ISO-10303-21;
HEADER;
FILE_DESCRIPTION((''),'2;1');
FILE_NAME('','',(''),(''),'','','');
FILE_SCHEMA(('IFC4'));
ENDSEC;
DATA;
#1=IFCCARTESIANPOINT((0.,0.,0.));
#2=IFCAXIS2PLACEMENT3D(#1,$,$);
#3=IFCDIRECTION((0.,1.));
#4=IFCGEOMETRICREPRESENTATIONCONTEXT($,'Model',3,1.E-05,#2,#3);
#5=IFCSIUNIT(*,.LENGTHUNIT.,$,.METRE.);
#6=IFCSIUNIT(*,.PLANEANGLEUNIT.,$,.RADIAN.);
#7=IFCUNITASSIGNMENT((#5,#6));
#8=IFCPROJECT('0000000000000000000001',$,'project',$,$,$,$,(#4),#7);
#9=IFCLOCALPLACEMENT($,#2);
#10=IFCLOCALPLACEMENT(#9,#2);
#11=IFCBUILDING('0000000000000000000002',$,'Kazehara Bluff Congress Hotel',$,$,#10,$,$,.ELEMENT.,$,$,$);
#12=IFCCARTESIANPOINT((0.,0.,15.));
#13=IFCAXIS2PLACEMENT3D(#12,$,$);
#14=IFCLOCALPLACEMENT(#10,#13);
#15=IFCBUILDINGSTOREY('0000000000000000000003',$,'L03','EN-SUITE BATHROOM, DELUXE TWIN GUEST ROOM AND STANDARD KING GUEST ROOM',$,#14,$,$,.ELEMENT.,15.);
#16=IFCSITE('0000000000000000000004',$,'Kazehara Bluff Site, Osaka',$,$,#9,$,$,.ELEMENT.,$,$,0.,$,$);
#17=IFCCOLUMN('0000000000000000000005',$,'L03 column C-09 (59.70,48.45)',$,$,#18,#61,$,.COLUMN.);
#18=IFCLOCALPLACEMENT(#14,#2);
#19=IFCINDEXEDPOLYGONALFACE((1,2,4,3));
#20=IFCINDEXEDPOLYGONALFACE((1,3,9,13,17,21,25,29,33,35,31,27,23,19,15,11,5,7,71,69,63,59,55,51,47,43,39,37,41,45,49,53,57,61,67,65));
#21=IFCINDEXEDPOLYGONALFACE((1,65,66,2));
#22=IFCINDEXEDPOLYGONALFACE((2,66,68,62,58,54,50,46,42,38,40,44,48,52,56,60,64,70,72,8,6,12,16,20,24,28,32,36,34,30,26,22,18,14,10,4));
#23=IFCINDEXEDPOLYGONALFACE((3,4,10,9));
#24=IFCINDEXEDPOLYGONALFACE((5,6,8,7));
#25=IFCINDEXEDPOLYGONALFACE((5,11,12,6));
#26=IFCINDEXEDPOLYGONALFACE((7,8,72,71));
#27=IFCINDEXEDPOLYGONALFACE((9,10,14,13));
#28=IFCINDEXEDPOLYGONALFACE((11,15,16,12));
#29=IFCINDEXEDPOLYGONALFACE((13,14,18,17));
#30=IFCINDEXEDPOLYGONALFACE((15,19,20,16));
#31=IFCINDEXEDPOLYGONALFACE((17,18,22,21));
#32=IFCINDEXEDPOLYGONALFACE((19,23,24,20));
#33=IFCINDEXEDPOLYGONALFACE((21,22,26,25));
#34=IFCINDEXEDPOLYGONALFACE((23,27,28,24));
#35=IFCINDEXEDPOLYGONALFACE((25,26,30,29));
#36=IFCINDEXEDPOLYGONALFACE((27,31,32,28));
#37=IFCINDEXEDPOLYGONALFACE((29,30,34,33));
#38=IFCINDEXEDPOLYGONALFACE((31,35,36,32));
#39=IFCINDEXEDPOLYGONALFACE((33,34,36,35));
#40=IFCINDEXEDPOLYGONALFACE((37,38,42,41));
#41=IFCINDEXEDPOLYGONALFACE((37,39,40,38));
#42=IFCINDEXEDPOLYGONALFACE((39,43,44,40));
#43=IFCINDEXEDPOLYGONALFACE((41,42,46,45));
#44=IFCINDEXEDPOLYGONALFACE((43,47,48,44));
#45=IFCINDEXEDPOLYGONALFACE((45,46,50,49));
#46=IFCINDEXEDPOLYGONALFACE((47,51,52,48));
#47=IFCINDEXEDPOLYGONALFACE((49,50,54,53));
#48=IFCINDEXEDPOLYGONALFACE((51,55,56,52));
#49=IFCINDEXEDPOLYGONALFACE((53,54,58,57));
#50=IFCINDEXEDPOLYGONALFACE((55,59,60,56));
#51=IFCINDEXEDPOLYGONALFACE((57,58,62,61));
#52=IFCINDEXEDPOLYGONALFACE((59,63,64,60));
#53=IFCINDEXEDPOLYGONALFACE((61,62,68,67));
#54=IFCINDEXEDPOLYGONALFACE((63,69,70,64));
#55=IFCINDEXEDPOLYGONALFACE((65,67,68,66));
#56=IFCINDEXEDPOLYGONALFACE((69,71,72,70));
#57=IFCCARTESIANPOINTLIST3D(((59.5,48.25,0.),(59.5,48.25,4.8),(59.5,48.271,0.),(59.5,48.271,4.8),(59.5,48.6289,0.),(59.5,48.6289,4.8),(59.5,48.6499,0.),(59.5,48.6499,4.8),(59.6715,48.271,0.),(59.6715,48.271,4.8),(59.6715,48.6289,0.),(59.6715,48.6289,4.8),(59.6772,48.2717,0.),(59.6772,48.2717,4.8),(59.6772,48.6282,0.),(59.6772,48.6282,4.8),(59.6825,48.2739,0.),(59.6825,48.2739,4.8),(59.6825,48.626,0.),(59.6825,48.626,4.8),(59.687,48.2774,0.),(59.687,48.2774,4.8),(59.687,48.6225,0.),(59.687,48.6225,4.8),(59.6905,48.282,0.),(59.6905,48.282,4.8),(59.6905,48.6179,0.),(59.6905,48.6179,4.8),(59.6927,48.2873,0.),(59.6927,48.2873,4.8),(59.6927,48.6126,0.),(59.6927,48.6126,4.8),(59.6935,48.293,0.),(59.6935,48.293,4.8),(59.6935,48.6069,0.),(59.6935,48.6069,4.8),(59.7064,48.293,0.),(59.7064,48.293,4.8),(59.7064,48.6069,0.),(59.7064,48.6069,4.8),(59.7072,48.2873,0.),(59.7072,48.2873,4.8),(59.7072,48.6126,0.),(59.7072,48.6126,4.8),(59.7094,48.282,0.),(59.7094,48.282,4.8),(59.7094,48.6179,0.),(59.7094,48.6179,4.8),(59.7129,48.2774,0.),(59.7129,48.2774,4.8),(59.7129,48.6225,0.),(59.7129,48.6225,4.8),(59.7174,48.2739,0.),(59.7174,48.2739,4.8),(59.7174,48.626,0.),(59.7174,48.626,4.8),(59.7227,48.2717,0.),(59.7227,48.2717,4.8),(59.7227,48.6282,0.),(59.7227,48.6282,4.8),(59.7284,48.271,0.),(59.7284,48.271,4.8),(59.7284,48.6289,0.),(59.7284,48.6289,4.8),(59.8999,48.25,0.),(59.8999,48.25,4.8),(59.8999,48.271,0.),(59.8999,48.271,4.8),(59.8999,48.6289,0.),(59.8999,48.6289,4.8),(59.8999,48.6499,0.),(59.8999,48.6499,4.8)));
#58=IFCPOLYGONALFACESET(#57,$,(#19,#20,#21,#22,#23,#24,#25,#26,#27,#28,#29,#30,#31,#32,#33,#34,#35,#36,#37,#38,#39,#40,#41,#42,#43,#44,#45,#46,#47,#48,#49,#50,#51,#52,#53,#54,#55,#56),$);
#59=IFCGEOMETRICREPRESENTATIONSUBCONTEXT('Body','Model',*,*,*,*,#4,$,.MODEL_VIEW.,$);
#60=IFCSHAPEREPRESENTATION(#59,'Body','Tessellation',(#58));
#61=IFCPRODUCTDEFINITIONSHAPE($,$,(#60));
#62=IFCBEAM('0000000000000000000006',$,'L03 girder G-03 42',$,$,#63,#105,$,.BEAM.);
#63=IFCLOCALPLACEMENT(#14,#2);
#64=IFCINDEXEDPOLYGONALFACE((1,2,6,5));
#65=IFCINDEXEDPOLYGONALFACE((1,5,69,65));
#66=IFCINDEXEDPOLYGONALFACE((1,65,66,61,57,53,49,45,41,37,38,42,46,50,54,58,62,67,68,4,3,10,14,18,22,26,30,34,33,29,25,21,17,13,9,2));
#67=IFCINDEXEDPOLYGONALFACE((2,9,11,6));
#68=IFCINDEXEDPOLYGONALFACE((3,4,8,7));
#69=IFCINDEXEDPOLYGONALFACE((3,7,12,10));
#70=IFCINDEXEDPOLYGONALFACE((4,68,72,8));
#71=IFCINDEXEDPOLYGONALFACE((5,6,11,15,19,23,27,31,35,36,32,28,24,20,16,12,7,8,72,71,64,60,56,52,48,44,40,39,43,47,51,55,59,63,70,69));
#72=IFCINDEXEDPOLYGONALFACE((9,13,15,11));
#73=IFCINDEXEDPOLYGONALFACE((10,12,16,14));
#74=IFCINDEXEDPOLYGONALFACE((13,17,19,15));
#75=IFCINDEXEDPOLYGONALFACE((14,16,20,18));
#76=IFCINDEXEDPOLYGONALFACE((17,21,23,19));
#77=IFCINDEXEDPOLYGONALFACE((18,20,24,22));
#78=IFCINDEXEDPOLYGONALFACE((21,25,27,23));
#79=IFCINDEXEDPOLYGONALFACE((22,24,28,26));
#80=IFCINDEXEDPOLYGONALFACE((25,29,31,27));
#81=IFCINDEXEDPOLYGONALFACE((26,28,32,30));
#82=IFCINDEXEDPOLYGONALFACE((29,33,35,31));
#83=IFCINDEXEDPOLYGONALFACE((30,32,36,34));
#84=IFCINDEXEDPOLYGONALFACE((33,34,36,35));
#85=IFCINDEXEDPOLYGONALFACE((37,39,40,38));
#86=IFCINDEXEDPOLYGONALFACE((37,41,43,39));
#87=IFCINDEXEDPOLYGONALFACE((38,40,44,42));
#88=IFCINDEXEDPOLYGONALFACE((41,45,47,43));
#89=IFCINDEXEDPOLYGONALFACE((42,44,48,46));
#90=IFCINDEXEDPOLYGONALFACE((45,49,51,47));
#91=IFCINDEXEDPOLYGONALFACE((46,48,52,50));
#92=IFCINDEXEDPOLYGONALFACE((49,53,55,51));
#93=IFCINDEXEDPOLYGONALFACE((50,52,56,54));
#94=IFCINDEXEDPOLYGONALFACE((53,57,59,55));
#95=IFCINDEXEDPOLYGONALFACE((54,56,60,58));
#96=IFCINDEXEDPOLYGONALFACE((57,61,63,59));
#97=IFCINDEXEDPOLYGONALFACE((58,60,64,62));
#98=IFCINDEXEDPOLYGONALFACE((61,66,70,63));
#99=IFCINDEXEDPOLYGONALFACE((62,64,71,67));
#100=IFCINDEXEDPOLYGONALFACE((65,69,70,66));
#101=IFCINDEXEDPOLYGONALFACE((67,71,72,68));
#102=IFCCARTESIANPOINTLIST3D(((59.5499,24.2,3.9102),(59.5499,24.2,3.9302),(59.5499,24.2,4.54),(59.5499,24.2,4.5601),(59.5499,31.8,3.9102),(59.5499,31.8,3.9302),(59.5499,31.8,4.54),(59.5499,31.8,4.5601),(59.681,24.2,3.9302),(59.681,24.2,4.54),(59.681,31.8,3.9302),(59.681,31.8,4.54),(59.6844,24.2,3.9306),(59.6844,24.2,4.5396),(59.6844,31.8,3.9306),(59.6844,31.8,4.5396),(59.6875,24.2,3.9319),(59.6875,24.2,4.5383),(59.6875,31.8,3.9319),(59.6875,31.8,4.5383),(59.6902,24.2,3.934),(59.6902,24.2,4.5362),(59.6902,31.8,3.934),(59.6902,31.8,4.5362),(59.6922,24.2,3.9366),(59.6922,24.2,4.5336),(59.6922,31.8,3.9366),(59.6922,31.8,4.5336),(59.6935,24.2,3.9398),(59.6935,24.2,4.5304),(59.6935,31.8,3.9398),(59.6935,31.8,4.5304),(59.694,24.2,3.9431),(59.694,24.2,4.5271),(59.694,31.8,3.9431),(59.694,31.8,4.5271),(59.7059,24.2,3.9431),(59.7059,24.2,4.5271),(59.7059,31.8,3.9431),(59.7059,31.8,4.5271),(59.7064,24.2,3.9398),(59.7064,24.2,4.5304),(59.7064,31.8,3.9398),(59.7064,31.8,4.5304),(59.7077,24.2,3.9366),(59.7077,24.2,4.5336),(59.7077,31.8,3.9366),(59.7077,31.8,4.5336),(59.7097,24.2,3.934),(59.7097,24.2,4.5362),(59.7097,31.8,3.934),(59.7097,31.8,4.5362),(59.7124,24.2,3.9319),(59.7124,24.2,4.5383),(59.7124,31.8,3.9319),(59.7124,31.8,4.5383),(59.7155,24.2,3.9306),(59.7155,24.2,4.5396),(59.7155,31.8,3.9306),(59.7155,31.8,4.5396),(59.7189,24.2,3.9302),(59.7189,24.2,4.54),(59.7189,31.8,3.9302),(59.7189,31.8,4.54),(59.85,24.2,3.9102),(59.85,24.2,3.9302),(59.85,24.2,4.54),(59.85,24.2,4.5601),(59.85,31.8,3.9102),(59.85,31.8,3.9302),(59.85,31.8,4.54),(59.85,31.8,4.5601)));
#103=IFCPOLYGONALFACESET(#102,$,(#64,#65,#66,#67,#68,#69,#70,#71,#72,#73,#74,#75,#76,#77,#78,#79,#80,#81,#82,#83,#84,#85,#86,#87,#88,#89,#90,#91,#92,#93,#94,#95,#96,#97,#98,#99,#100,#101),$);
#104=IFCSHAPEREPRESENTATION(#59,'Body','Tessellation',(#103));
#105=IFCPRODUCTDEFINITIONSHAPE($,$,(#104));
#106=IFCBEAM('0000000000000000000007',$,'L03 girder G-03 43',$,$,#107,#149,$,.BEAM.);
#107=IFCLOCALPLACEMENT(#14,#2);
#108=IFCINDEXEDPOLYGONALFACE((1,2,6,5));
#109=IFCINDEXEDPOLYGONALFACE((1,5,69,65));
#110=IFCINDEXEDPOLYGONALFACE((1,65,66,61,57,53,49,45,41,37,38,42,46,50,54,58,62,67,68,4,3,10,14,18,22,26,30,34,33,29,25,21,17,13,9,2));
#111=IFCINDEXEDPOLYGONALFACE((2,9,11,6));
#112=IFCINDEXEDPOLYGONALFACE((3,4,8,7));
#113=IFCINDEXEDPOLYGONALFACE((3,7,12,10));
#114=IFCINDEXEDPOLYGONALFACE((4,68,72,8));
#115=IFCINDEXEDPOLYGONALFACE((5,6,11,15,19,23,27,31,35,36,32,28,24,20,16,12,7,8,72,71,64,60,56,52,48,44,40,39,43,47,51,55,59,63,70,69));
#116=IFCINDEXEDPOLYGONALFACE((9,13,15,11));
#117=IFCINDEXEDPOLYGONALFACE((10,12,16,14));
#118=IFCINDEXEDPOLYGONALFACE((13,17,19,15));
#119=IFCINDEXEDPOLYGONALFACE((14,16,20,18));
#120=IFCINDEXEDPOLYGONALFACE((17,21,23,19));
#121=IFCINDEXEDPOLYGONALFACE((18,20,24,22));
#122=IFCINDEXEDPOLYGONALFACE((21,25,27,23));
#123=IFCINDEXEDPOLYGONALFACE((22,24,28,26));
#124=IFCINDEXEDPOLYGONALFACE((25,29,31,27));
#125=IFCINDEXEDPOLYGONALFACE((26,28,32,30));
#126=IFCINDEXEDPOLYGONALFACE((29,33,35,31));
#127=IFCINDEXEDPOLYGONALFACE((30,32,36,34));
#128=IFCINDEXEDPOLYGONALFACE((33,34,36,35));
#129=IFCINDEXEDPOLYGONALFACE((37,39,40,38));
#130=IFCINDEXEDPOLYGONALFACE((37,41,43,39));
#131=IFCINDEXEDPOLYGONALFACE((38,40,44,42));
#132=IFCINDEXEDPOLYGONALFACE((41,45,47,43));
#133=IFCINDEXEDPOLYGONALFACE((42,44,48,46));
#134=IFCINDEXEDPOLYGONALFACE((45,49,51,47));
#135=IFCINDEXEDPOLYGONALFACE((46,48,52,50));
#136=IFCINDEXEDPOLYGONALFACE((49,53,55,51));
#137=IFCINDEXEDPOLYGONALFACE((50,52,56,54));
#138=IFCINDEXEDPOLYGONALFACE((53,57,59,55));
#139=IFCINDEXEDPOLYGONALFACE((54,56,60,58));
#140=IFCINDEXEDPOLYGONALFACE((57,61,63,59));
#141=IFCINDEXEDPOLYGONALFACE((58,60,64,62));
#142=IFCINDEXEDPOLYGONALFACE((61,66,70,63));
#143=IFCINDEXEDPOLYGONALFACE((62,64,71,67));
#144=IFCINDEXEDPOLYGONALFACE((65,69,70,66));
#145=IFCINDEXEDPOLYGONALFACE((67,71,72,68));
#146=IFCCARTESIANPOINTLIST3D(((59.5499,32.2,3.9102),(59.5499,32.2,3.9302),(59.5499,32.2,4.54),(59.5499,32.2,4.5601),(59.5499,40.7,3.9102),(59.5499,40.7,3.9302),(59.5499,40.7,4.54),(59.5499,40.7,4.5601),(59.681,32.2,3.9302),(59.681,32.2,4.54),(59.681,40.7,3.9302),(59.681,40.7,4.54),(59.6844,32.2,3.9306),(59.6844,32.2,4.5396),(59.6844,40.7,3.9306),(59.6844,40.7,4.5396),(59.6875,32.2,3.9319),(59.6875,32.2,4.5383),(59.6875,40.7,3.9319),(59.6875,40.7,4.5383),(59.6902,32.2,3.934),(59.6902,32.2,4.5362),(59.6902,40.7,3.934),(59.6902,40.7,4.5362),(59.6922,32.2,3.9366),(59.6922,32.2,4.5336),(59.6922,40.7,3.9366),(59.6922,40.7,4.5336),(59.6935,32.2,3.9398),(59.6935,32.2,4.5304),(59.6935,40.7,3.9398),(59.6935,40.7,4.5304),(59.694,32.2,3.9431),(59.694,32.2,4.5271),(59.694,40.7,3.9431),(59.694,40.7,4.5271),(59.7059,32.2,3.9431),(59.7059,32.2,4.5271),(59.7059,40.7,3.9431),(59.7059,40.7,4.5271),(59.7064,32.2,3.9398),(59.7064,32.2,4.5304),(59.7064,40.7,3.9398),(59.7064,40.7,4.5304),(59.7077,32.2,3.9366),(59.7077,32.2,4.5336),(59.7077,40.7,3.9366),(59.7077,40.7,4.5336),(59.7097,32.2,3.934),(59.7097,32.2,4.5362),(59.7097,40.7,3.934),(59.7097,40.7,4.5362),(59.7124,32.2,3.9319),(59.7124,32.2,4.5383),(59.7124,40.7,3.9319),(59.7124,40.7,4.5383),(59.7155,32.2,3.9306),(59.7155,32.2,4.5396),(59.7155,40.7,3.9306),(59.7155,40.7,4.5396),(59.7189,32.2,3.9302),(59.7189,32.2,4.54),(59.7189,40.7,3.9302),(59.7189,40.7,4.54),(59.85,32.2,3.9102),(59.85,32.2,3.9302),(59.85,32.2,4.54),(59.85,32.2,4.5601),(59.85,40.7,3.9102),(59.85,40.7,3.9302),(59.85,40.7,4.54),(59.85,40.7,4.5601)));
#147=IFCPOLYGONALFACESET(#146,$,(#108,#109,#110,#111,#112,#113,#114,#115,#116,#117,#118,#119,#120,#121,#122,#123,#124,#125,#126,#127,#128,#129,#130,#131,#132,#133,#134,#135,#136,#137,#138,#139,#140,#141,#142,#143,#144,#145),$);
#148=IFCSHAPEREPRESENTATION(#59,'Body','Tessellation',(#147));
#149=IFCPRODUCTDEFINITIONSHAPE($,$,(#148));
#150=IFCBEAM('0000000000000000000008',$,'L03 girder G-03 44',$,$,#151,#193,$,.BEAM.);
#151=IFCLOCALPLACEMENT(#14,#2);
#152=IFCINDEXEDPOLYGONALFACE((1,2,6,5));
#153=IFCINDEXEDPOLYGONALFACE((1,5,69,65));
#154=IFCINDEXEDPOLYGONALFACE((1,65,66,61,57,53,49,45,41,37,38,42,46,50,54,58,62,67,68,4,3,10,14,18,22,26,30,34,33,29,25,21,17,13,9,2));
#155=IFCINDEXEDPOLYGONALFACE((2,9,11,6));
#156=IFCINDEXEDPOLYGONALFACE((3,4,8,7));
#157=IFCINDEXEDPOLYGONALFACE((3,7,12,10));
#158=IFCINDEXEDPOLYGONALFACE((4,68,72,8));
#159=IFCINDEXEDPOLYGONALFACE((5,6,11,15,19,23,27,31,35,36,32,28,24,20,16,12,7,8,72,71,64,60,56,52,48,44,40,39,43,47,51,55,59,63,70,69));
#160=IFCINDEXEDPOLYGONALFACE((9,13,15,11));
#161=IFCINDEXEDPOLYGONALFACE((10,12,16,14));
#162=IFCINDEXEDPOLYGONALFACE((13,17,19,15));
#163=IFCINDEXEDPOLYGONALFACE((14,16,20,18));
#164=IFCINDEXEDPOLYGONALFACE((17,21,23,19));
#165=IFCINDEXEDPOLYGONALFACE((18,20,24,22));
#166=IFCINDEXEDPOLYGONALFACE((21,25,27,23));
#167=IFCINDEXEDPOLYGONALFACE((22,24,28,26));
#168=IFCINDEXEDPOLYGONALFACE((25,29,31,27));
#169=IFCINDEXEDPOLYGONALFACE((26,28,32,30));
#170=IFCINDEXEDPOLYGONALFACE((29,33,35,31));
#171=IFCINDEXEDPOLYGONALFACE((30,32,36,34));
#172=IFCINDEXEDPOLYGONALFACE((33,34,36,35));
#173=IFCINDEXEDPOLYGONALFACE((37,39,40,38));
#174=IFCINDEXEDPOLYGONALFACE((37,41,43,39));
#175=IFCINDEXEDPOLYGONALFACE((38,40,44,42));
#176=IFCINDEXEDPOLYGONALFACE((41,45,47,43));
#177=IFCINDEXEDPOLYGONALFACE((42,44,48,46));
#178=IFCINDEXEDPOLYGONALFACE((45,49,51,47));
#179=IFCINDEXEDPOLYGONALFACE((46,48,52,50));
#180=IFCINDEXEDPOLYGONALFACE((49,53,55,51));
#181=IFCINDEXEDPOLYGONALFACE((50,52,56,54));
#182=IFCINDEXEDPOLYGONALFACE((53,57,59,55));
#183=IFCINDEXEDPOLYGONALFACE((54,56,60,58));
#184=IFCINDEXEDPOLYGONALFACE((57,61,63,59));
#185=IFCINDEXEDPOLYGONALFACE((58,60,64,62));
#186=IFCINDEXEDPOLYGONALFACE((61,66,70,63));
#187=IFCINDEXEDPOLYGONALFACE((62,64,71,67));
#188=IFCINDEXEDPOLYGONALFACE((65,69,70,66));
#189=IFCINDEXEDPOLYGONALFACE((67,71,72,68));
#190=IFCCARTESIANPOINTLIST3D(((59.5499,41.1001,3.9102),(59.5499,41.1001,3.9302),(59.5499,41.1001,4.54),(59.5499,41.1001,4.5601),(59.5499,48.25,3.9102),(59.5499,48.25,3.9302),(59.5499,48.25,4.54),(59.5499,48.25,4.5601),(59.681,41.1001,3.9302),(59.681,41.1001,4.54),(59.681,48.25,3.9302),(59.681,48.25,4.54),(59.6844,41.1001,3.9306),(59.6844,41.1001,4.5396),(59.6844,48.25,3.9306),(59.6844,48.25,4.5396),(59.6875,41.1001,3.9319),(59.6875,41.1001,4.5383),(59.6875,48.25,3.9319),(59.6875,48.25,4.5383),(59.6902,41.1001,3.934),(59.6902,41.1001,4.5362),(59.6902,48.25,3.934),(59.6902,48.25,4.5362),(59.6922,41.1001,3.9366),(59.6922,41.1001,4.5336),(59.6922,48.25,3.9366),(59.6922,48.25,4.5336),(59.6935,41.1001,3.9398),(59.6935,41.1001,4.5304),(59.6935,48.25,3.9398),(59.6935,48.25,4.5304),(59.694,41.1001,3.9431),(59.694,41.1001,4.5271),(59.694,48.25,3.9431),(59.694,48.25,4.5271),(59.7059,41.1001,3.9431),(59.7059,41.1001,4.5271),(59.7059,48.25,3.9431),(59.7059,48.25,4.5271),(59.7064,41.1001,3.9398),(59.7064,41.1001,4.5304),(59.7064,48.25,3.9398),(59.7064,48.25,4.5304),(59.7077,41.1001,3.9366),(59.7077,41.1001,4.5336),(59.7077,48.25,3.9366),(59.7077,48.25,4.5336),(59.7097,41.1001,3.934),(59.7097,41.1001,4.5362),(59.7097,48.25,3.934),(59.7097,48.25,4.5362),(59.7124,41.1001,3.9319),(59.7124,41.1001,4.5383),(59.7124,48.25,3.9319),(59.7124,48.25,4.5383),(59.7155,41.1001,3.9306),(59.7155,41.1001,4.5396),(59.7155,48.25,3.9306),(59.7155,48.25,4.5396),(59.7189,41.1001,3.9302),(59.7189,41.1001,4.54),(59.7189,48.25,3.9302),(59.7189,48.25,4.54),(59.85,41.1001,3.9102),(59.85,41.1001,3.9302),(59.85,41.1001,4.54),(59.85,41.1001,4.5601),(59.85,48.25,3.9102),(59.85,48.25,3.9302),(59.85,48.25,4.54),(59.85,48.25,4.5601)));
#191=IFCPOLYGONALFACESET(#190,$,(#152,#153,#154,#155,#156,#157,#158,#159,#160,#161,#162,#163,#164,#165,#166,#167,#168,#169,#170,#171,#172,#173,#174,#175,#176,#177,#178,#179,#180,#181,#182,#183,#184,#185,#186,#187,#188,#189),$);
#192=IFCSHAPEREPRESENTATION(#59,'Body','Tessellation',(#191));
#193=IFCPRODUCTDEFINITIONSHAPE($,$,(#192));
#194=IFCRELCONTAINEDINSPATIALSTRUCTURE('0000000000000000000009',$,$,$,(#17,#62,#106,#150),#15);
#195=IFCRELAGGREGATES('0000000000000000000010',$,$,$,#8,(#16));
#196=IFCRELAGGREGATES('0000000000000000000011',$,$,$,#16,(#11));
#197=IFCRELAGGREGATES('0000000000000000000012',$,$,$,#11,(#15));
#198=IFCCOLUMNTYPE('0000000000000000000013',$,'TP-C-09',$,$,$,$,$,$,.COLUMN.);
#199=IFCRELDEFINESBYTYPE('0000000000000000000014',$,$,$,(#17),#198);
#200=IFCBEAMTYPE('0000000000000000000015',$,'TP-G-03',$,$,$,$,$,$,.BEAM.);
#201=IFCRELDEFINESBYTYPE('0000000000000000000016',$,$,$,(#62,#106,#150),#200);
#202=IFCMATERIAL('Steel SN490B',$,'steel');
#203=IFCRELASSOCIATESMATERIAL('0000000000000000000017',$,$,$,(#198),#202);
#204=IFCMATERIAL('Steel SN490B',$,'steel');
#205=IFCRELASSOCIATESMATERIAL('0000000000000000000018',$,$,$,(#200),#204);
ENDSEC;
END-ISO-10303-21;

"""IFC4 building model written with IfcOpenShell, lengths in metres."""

from ifc_helpers import new_model, si_unit, direction, frame, origin, origin_2d, place, context, subcontext, project, spatial, i_section, extrude, material, material_profile, profile_set, type_object, element, save


model = new_model("IFC4")

# Units and contexts
model_context = context("Model", 3, precision=1e-05, world=origin(), true_north=direction((0.0, 1.0)))
body_context = subcontext(model_context, "Body", "Model", "MODEL_VIEW")
ifc_project = project(units=[si_unit("LENGTHUNIT", "METRE"), si_unit("PLANEANGLEUNIT", "RADIAN")], contexts=[model_context])

# Site, building, storey
site_placement = place(None, origin())
site = spatial("IfcSite", under=ifc_project, at=site_placement, Name="Kazehara Bluff Site, Osaka", CompositionType="ELEMENT", RefElevation=0.0)
building_placement = place(site_placement, origin())
building = spatial("IfcBuilding", under=site, at=building_placement, Name="Kazehara Bluff Congress Hotel", CompositionType="ELEMENT")
storey_placement = place(building_placement, frame((0.0, 0.0, 15.0)))
storey = spatial("IfcBuildingStorey", under=building, at=storey_placement, Name="L03", Description="EN-SUITE BATHROOM, DELUXE TWIN GUEST ROOM AND STANDARD KING GUEST ROOM", CompositionType="ELEMENT", Elevation=15.0)

# Column
ifc_material_1 = material(Name="Steel SN490B", Category="steel")
ifc_material_profile_1 = material_profile(ifc_material_1, i_section(OverallWidth=0.3999, OverallDepth=0.3999, WebThickness=0.0129, FlangeThickness=0.021, FilletRadius=0.022, at=origin_2d()))
ifc_profile_set_1 = profile_set([ifc_material_profile_1], Name="Steel SN490B")
column_type = type_object("IfcColumnType", Name="TP-C-09", PredefinedType="COLUMN", material=ifc_profile_set_1)
for number, where, z_axis, x_axis, name in (
    (1, (59.7, 48.45, 0.0), (0.0, 0.0, 1.0), (1.0, 0.0, 0.0), "L03 column C-09 (59.70,48.45)"),
):
    element("IfcColumn", number, at=place(storey_placement, frame(where, z_axis=z_axis, x_axis=x_axis)), inside=storey, type_object=column_type, Name=name, PredefinedType="COLUMN", context=body_context, shape_type="SweptSolid", body=[
        extrude(i_section(OverallWidth=0.3999, OverallDepth=0.3999, WebThickness=0.0129, FlangeThickness=0.021, FilletRadius=0.022, at=origin_2d()), origin(), (0.0, 0.0, 1.0), 4.8),
    ])

# Beams
ifc_material_2 = material(Name="Steel SN490B", Category="steel")
ifc_material_profile_2 = material_profile(ifc_material_2, i_section(OverallWidth=0.3, OverallDepth=0.6499, WebThickness=0.012, FlangeThickness=0.02, FilletRadius=0.0129, at=origin_2d()))
ifc_profile_set_2 = profile_set([ifc_material_profile_2], Name="Steel SN490B")
beam_type_1 = type_object("IfcBeamType", Name="TP-G-03", PredefinedType="BEAM", material=ifc_profile_set_2)
beam_1_placement = place(storey_placement, frame((59.7, 24.2, 4.2351), z_axis=(0.0, 1.0, 0.0), x_axis=(-1.0, 0.0, 0.0)))
element("IfcBeam", 2, at=beam_1_placement, inside=storey, type_object=beam_type_1, Name="L03 girder G-03 42", PredefinedType="BEAM", context=body_context, shape_type="SweptSolid", body=[
    extrude(i_section(OverallWidth=0.3, OverallDepth=0.6499, WebThickness=0.012, FlangeThickness=0.02, FilletRadius=0.0129, at=origin_2d()), origin(), (0.0, 0.0, 1.0), 7.6001),
])
beam_2_placement = place(storey_placement, frame((59.7, 32.2, 4.2351), z_axis=(0.0, 1.0, 0.0), x_axis=(-1.0, 0.0, 0.0)))
element("IfcBeam", 3, at=beam_2_placement, inside=storey, type_object=beam_type_1, Name="L03 girder G-03 43", PredefinedType="BEAM", context=body_context, shape_type="SweptSolid", body=[
    extrude(i_section(OverallWidth=0.3, OverallDepth=0.6499, WebThickness=0.012, FlangeThickness=0.02, FilletRadius=0.0129, at=origin_2d()), origin(), (0.0, 0.0, 1.0), 8.5),
])
beam_3_placement = place(storey_placement, frame((59.7, 41.1001, 4.2351), z_axis=(0.0, 1.0, 0.0), x_axis=(-1.0, 0.0, 0.0)))
element("IfcBeam", 4, at=beam_3_placement, inside=storey, type_object=beam_type_1, Name="L03 girder G-03 44", PredefinedType="BEAM", context=body_context, shape_type="SweptSolid", body=[
    extrude(i_section(OverallWidth=0.3, OverallDepth=0.6499, WebThickness=0.012, FlangeThickness=0.02, FilletRadius=0.0129, at=origin_2d()), origin(), (0.0, 0.0, 1.0), 7.1499),
])

save(model, "model.ifc")
